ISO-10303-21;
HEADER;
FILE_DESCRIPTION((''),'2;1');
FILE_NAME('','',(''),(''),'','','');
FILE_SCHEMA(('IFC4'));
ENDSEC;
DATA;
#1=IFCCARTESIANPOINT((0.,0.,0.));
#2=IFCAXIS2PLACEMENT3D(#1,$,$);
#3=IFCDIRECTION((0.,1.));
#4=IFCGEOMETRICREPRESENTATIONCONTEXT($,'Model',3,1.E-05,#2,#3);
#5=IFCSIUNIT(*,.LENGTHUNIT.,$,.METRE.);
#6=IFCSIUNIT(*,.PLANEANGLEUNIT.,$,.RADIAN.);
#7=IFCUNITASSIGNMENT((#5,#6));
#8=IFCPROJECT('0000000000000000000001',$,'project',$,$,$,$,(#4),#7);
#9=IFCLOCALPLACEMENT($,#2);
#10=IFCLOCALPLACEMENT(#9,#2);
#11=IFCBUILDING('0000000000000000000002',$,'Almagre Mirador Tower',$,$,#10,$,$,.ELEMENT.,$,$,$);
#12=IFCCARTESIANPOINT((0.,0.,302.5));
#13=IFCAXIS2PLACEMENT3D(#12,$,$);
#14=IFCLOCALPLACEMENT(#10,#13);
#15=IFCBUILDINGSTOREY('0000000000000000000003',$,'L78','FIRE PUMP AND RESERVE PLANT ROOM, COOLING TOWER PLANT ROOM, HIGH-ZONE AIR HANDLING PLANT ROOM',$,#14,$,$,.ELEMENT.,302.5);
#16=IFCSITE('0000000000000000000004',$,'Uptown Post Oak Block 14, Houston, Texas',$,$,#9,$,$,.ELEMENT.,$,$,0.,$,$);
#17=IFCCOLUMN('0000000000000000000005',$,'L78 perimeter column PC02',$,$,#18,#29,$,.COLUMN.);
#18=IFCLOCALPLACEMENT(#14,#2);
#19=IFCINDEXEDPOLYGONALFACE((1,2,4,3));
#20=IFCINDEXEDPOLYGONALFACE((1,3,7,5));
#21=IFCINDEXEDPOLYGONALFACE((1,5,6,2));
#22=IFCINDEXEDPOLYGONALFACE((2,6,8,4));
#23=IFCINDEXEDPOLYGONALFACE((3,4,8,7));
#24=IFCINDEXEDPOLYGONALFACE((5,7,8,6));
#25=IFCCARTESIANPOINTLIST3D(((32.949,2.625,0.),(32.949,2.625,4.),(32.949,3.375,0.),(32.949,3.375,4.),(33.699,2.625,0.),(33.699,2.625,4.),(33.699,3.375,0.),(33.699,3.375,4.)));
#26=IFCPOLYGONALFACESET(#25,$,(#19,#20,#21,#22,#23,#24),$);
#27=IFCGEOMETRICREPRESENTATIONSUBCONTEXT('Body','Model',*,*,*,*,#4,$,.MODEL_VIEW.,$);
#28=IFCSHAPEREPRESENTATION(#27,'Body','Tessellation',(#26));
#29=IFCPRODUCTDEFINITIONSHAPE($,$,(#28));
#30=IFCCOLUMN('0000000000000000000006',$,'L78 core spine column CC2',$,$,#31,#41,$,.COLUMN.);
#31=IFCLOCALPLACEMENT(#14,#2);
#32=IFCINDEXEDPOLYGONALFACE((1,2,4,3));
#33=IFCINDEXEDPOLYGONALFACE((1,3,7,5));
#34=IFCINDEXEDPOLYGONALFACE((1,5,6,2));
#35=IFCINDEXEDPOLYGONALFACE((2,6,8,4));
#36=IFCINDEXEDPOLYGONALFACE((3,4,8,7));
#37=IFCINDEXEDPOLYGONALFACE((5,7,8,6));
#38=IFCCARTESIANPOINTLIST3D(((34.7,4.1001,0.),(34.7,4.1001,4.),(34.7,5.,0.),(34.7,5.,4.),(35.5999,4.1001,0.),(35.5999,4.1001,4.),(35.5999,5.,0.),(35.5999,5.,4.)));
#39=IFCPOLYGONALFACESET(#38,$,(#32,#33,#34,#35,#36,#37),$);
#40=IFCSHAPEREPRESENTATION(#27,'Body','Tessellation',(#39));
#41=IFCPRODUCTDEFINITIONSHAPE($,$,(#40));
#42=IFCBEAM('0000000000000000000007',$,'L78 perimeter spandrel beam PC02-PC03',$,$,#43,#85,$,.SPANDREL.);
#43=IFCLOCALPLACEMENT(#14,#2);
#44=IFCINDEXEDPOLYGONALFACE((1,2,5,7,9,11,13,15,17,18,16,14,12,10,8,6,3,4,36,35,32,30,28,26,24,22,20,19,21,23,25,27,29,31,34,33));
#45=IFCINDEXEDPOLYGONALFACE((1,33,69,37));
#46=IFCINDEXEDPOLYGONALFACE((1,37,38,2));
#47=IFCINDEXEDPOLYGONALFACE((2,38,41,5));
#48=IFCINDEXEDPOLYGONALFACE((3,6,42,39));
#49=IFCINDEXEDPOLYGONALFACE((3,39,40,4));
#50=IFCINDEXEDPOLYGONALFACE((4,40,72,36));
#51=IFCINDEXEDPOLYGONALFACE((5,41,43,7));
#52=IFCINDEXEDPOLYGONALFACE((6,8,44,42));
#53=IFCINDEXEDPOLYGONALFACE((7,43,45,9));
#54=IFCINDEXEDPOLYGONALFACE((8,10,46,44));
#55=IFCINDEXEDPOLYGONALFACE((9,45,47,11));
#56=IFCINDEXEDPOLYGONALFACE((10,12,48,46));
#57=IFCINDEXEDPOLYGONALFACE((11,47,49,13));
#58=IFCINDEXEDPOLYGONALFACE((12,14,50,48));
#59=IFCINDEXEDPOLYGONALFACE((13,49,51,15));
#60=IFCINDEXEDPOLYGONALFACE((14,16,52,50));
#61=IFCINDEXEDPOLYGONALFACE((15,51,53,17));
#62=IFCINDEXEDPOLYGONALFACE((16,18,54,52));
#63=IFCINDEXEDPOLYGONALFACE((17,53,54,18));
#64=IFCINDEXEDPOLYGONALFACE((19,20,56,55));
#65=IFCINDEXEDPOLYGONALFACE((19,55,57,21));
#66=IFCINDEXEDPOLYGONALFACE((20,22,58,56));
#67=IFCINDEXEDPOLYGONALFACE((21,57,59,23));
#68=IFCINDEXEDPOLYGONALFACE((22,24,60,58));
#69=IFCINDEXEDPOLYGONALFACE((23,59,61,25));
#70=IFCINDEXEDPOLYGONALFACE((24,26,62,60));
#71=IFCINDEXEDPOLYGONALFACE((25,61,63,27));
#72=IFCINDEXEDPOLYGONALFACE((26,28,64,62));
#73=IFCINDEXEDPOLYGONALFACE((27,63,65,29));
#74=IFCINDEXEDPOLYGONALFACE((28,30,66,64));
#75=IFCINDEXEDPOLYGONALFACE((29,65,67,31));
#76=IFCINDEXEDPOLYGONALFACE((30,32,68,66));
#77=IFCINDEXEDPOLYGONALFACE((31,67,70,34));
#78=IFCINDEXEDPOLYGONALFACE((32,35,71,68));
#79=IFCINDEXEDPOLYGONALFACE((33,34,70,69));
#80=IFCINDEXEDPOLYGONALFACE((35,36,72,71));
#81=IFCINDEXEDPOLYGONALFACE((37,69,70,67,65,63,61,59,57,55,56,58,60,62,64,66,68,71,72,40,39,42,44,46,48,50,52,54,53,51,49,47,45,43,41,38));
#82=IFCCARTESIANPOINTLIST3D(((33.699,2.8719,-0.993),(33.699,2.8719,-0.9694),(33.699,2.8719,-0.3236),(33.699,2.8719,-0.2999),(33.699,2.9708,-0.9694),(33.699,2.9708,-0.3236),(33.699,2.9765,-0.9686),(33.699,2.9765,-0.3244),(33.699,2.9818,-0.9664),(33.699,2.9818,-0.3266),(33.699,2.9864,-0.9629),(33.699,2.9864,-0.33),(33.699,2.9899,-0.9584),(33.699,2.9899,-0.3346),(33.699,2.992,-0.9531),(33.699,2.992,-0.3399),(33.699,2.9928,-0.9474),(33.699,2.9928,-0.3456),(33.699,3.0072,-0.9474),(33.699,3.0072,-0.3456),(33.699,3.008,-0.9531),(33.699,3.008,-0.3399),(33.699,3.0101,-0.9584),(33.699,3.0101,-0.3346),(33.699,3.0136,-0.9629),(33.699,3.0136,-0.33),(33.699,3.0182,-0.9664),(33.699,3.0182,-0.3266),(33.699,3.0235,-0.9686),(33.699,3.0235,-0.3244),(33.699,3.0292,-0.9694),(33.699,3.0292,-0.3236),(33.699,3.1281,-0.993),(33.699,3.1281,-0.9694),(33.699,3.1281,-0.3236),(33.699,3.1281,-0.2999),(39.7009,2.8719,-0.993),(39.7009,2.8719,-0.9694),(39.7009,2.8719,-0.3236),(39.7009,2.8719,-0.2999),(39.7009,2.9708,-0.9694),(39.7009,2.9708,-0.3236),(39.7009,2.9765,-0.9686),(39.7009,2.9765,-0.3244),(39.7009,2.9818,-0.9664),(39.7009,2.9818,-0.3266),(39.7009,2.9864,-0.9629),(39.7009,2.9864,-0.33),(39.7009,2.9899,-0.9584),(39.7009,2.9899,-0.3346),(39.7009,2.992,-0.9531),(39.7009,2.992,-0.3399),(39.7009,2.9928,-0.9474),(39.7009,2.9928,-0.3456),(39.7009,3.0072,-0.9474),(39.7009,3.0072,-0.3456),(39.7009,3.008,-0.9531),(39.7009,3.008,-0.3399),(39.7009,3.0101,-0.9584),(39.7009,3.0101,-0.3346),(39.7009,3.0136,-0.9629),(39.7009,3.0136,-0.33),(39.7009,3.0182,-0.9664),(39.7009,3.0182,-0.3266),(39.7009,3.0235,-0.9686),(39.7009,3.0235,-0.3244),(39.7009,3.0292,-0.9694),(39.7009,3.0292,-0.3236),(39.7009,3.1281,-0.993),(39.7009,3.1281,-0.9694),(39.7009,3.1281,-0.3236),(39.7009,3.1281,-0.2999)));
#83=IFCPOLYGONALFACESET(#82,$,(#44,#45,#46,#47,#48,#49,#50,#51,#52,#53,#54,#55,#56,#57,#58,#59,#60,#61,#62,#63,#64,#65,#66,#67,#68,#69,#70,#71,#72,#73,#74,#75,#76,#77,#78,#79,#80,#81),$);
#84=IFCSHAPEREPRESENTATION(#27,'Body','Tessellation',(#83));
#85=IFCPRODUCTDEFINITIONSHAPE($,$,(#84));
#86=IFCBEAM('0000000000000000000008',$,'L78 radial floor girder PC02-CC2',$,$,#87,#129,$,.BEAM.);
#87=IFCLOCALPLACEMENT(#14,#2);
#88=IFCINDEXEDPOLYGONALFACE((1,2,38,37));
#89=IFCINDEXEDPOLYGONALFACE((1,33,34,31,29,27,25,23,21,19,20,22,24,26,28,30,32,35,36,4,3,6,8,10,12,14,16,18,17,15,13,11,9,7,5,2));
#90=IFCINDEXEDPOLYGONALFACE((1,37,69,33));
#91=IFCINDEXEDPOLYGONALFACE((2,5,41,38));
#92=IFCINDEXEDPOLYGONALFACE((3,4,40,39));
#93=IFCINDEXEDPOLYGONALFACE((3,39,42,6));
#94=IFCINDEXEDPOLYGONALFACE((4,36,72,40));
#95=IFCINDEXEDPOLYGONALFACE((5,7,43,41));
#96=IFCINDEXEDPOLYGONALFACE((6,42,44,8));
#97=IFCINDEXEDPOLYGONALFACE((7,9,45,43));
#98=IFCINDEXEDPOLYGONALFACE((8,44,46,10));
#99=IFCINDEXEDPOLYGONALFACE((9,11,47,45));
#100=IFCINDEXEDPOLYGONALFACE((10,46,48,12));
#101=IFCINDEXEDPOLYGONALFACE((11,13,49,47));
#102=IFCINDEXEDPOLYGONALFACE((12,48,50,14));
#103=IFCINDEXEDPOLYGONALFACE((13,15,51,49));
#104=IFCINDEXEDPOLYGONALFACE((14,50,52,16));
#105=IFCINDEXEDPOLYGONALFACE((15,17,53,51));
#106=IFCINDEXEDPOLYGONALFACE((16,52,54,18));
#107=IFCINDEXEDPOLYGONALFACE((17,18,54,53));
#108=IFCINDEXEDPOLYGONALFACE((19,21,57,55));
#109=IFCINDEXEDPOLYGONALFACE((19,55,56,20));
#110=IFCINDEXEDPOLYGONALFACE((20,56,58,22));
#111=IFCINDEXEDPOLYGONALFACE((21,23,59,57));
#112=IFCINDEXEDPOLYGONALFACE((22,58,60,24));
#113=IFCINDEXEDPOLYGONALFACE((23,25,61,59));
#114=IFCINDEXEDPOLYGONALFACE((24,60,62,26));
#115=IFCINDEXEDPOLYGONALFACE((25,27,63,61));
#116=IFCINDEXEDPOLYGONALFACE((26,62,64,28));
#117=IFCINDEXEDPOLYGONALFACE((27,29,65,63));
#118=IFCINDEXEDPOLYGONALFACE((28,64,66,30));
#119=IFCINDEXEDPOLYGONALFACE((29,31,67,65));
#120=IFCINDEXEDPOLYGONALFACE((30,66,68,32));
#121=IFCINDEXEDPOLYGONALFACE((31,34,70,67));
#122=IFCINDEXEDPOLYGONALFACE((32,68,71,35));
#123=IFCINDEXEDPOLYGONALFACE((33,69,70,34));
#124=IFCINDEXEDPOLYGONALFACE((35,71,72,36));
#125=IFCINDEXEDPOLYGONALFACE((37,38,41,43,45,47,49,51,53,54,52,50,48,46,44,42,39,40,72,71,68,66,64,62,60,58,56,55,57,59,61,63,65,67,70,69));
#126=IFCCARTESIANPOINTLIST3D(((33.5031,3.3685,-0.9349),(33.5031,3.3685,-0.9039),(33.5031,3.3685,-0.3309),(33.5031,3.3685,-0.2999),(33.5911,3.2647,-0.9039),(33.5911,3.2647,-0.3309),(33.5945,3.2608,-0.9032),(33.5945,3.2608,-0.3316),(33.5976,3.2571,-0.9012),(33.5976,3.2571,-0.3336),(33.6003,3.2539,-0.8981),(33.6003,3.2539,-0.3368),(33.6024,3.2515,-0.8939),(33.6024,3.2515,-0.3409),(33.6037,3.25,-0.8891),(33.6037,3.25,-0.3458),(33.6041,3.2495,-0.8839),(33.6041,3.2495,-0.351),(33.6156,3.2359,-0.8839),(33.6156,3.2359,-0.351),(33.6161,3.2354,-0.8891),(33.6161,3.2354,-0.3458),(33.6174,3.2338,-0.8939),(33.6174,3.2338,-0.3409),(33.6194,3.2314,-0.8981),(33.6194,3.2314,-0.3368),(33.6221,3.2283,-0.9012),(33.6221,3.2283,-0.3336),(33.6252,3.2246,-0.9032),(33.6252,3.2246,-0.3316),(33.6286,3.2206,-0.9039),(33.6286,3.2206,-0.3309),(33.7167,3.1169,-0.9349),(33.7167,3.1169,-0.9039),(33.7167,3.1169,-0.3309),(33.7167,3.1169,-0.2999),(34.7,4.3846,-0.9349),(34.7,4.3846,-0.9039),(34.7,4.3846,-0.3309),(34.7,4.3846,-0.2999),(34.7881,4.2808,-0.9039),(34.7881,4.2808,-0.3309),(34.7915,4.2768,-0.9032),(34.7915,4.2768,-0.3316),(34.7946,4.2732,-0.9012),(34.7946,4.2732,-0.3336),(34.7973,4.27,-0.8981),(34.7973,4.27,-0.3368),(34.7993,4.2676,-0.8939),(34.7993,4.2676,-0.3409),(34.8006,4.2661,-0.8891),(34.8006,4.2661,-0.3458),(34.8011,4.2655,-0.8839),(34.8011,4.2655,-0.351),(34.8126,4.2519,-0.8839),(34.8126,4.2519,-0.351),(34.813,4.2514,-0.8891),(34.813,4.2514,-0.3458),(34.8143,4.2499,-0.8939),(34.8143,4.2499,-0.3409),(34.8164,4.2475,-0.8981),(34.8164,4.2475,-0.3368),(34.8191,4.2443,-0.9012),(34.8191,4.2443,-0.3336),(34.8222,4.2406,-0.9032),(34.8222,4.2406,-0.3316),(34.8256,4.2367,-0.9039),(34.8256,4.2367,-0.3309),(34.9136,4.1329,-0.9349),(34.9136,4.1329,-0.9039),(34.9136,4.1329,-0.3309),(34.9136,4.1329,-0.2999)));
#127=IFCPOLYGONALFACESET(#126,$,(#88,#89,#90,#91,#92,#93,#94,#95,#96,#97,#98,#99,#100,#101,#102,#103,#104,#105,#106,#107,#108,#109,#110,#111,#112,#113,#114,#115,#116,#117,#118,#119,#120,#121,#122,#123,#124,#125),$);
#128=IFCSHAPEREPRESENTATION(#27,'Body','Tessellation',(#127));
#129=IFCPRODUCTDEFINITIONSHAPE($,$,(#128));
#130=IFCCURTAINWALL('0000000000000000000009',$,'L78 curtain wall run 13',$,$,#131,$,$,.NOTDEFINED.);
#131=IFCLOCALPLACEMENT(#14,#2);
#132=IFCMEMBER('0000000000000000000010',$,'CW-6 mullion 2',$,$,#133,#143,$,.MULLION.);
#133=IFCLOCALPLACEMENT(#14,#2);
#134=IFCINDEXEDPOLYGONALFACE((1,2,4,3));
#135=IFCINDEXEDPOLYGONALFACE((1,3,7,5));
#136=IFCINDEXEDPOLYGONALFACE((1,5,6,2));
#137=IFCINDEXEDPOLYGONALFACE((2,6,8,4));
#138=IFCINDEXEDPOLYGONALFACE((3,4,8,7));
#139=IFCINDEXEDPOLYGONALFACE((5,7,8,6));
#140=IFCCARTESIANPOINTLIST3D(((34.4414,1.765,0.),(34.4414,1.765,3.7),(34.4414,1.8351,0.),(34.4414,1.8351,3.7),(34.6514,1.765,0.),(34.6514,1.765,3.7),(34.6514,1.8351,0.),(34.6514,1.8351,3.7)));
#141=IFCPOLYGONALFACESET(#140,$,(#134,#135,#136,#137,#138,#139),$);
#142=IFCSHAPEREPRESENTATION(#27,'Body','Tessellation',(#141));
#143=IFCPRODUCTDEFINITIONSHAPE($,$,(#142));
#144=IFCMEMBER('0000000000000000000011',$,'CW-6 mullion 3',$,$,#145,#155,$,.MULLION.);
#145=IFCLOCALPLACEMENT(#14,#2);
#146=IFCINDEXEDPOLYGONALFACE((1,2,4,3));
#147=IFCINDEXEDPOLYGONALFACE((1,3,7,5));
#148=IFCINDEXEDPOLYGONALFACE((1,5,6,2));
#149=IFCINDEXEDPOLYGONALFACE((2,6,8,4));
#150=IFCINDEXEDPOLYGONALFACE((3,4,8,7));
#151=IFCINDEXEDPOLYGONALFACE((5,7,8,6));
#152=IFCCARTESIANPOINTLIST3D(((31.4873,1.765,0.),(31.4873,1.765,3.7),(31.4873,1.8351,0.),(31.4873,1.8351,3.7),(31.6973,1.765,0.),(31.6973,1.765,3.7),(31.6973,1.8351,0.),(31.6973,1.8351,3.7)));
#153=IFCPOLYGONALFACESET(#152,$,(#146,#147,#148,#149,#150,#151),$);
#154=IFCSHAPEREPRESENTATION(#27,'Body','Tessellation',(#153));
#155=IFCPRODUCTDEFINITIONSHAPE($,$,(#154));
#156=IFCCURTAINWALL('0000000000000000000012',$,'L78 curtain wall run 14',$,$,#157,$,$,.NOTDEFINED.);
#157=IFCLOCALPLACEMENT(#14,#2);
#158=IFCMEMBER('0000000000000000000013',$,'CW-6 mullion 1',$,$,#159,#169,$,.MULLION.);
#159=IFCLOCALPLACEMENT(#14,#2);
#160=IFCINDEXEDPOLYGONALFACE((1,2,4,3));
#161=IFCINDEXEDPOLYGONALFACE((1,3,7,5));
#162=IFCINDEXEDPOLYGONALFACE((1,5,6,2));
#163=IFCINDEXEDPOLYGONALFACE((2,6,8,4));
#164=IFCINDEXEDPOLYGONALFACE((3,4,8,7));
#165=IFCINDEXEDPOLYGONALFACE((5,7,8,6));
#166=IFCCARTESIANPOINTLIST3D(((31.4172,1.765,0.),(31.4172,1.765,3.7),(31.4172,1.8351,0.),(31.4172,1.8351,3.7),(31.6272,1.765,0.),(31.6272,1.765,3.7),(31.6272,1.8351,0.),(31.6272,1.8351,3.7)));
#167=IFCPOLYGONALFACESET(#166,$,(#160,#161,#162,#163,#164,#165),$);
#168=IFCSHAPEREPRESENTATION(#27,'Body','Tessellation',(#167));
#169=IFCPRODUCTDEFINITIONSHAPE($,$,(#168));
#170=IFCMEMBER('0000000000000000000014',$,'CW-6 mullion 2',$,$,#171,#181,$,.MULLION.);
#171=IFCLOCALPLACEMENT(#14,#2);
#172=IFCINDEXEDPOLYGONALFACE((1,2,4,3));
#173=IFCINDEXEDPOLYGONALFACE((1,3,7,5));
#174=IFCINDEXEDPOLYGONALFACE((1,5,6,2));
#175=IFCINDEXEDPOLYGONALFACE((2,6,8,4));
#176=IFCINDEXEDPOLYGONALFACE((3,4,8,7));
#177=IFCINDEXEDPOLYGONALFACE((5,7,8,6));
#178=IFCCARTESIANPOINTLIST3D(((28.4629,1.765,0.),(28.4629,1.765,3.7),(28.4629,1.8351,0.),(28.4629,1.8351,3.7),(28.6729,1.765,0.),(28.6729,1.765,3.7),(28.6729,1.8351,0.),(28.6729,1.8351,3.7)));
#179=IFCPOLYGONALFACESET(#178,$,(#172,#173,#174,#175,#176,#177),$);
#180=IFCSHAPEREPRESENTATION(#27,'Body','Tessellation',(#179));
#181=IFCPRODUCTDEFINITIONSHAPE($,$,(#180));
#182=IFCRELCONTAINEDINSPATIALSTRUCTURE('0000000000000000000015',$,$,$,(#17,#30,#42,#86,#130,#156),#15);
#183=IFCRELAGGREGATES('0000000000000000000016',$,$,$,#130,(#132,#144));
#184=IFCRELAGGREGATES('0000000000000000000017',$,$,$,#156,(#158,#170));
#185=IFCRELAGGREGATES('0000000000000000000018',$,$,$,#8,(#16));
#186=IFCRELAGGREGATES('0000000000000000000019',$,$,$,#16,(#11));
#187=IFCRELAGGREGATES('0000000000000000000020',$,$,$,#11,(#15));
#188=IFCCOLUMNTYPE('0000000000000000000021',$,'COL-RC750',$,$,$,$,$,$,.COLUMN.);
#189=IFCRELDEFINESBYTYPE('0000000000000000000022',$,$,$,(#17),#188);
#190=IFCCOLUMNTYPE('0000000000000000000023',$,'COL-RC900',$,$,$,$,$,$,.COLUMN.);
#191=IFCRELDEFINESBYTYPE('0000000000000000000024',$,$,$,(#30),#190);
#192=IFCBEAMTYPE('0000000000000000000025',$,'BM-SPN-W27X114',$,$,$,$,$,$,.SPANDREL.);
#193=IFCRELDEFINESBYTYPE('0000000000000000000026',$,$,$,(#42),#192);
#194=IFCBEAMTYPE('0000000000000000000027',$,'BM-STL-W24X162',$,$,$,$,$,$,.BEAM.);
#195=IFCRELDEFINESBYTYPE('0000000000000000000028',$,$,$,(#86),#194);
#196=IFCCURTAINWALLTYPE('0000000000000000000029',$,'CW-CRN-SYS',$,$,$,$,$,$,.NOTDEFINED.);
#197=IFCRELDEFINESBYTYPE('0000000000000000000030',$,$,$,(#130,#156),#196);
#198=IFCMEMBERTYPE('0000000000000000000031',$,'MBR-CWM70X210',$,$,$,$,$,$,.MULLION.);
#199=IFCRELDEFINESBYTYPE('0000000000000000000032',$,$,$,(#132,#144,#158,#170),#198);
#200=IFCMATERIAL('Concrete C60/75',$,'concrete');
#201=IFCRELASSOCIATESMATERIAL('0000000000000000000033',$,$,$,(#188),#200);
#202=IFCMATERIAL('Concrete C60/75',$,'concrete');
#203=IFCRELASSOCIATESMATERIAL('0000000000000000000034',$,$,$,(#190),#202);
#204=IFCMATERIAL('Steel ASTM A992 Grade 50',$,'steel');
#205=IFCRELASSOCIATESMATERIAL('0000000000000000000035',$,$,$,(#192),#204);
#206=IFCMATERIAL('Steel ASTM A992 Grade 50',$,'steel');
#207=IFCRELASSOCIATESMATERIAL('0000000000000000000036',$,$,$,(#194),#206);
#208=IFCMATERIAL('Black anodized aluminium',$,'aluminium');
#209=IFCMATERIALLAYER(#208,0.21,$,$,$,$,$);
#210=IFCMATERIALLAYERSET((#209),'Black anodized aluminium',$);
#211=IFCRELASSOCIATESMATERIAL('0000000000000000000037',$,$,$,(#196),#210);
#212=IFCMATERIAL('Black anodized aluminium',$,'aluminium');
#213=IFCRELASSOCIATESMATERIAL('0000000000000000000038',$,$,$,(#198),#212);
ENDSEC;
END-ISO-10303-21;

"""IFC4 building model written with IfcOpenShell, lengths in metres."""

from ifc_helpers import new_model, si_unit, direction, frame, origin, origin_2d, place, context, subcontext, project, spatial, rectangle, i_section, extrude, material, layer, layer_set, material_profile, profile_set, type_object, element, aggregate, save


model = new_model("IFC4")

# Units and contexts
model_context = context("Model", 3, precision=1e-05, world=origin(), true_north=direction((0.0, 1.0)))
body_context = subcontext(model_context, "Body", "Model", "MODEL_VIEW")
ifc_project = project(units=[si_unit("LENGTHUNIT", "METRE"), si_unit("PLANEANGLEUNIT", "RADIAN")], contexts=[model_context])

# Site, building, storey
site_placement = place(None, origin())
site = spatial("IfcSite", under=ifc_project, at=site_placement, Name="Uptown Post Oak Block 14, Houston, Texas", CompositionType="ELEMENT", RefElevation=0.0)
building_placement = place(site_placement, origin())
building = spatial("IfcBuilding", under=site, at=building_placement, Name="Almagre Mirador Tower", CompositionType="ELEMENT")
storey_placement = place(building_placement, frame((0.0, 0.0, 302.5)))
storey = spatial("IfcBuildingStorey", under=building, at=storey_placement, Name="L78", Description="FIRE PUMP AND RESERVE PLANT ROOM, COOLING TOWER PLANT ROOM, HIGH-ZONE AIR HANDLING PLANT ROOM", CompositionType="ELEMENT", Elevation=302.5)

# Columns
ifc_material_1 = material(Name="Concrete C60/75", Category="concrete")
ifc_material_profile_1 = material_profile(ifc_material_1, rectangle(XDim=0.75, YDim=0.75, at=origin_2d()), Name="RC750X750")
ifc_profile_set_1 = profile_set([ifc_material_profile_1], Name="Concrete C60/75")
column_type_1 = type_object("IfcColumnType", Name="COL-RC750", PredefinedType="COLUMN", material=ifc_profile_set_1)
column_1_placement = place(storey_placement, frame((33.324, 3.0, 0.0), z_axis=(0.0, 0.0, 1.0), x_axis=(1.0, 0.0, 0.0)))
element("IfcColumn", 1, at=column_1_placement, inside=storey, type_object=column_type_1, Name="L78 perimeter column PC02", PredefinedType="COLUMN", context=body_context, shape_type="SweptSolid", body=[
    extrude(rectangle(XDim=0.75, YDim=0.75, at=origin_2d()), origin(), (0.0, 0.0, 1.0), 4.0),
])
ifc_material_2 = material(Name="Concrete C60/75", Category="concrete")
ifc_material_profile_2 = material_profile(ifc_material_2, rectangle(XDim=0.8999, YDim=0.8999, at=origin_2d()), Name="RC900X900")
ifc_profile_set_2 = profile_set([ifc_material_profile_2], Name="Concrete C60/75")
column_type_2 = type_object("IfcColumnType", Name="COL-RC900", PredefinedType="COLUMN", material=ifc_profile_set_2)
column_2_placement = place(storey_placement, frame((35.1499, 4.55, 0.0), z_axis=(0.0, 0.0, 1.0), x_axis=(1.0, 0.0, 0.0)))
element("IfcColumn", 2, at=column_2_placement, inside=storey, type_object=column_type_2, Name="L78 core spine column CC2", PredefinedType="COLUMN", context=body_context, shape_type="SweptSolid", body=[
    extrude(rectangle(XDim=0.8999, YDim=0.8999, at=origin_2d()), origin(), (0.0, 0.0, 1.0), 4.0),
])

# Beams
ifc_material_3 = material(Name="Steel ASTM A992 Grade 50", Category="steel")
ifc_material_profile_3 = material_profile(ifc_material_3, i_section(OverallWidth=0.2561, OverallDepth=0.6931, WebThickness=0.0144, FlangeThickness=0.0237, FilletRadius=0.022, at=origin_2d()), Name="W27X114")
ifc_profile_set_3 = profile_set([ifc_material_profile_3], Name="Steel ASTM A992 Grade 50")
beam_type_1 = type_object("IfcBeamType", Name="BM-SPN-W27X114", PredefinedType="SPANDREL", material=ifc_profile_set_3)
beam_1_placement = place(storey_placement, frame((33.699, 3.0, -0.6465), z_axis=(1.0, 0.0, 0.0), x_axis=(0.0, 1.0, 0.0)))
element("IfcBeam", 3, at=beam_1_placement, inside=storey, type_object=beam_type_1, Name="L78 perimeter spandrel beam PC02-PC03", PredefinedType="SPANDREL", context=body_context, shape_type="SweptSolid", body=[
    extrude(i_section(OverallWidth=0.2561, OverallDepth=0.6931, WebThickness=0.0144, FlangeThickness=0.0237, FilletRadius=0.022, at=origin_2d()), origin(), (0.0, 0.0, 1.0), 6.002),
])
ifc_material_4 = material(Name="Steel ASTM A992 Grade 50", Category="steel")
ifc_material_profile_4 = material_profile(ifc_material_4, i_section(OverallWidth=0.3301, OverallDepth=0.635, WebThickness=0.0178, FlangeThickness=0.031, FilletRadius=0.02, at=origin_2d()), Name="W24X162")
ifc_profile_set_4 = profile_set([ifc_material_profile_4], Name="Steel ASTM A992 Grade 50")
beam_type_2 = type_object("IfcBeamType", Name="BM-STL-W24X162", PredefinedType="BEAM", material=ifc_profile_set_4)
beam_2_placement = place(storey_placement, frame((33.6099, 3.2427, -0.6174), z_axis=(0.762365, 0.647147, 0.0), x_axis=(-0.647147, 0.762365, 0.0)))
element("IfcBeam", 4, at=beam_2_placement, inside=storey, type_object=beam_type_2, Name="L78 radial floor girder PC02-CC2", PredefinedType="BEAM", context=body_context, shape_type="SweptSolid", body=[
    extrude(i_section(OverallWidth=0.3301, OverallDepth=0.635, WebThickness=0.0178, FlangeThickness=0.031, FilletRadius=0.02, at=origin_2d()), origin(), (0.0, 0.0, 1.0), 1.5701),
])

# Curtain walls, members
ifc_material_5 = material(Name="Black anodized aluminium", Category="aluminium")
ifc_layer_1 = layer(ifc_material_5, 0.21)
ifc_layer_set_1 = layer_set([ifc_layer_1], Name="Black anodized aluminium")
curtain_wall_type = type_object("IfcCurtainWallType", Name="CW-CRN-SYS", PredefinedType="NOTDEFINED", material=ifc_layer_set_1)
curtain_wall_1_placement = place(storey_placement, origin())
curtain_wall_1 = element("IfcCurtainWall", 5, at=curtain_wall_1_placement, inside=storey, type_object=curtain_wall_type, Name="L78 curtain wall run 13", PredefinedType="NOTDEFINED")
ifc_material_6 = material(Name="Black anodized aluminium", Category="aluminium")
ifc_material_profile_5 = material_profile(ifc_material_6, rectangle(XDim=0.0701, YDim=0.21, at=origin_2d()), Name="CWM70X210")
ifc_profile_set_5 = profile_set([ifc_material_profile_5], Name="Black anodized aluminium")
member_type_1 = type_object("IfcMemberType", Name="MBR-CWM70X210", PredefinedType="MULLION", material=ifc_profile_set_5)
member_1_placement = place(storey_placement, frame((34.5464, 1.8, 0.0), z_axis=(0.0, 0.0, 1.0), x_axis=(0.0, -1.0, 0.0)))
member_1 = element("IfcMember", 6, at=member_1_placement, type_object=member_type_1, Name="CW-6 mullion 2", PredefinedType="MULLION", context=body_context, shape_type="SweptSolid", body=[
    extrude(rectangle(XDim=0.0701, YDim=0.21, at=origin_2d()), origin(), (0.0, 0.0, 1.0), 3.7),
])
member_2_placement = place(storey_placement, frame((31.5923, 1.8, 0.0), z_axis=(0.0, 0.0, 1.0), x_axis=(0.0, -1.0, 0.0)))
member_2 = element("IfcMember", 7, at=member_2_placement, type_object=member_type_1, Name="CW-6 mullion 3", PredefinedType="MULLION", context=body_context, shape_type="SweptSolid", body=[
    extrude(rectangle(XDim=0.0701, YDim=0.21, at=origin_2d()), origin(), (0.0, 0.0, 1.0), 3.7),
])
curtain_wall_2_placement = place(storey_placement, origin())
curtain_wall_2 = element("IfcCurtainWall", 8, at=curtain_wall_2_placement, inside=storey, type_object=curtain_wall_type, Name="L78 curtain wall run 14", PredefinedType="NOTDEFINED")
member_3_placement = place(storey_placement, frame((31.5222, 1.8, 0.0), z_axis=(0.0, 0.0, 1.0), x_axis=(0.0, -1.0, 0.0)))
member_3 = element("IfcMember", 9, at=member_3_placement, type_object=member_type_1, Name="CW-6 mullion 1", PredefinedType="MULLION", context=body_context, shape_type="SweptSolid", body=[
    extrude(rectangle(XDim=0.0701, YDim=0.21, at=origin_2d()), origin(), (0.0, 0.0, 1.0), 3.7),
])
member_4_placement = place(storey_placement, frame((28.5679, 1.8, 0.0), z_axis=(0.0, 0.0, 1.0), x_axis=(0.0, -1.0, 0.0)))
member_4 = element("IfcMember", 10, at=member_4_placement, type_object=member_type_1, Name="CW-6 mullion 2", PredefinedType="MULLION", context=body_context, shape_type="SweptSolid", body=[
    extrude(rectangle(XDim=0.0701, YDim=0.21, at=origin_2d()), origin(), (0.0, 0.0, 1.0), 3.7),
])

aggregate(curtain_wall_1, [member_1, member_2])
aggregate(curtain_wall_2, [member_3, member_4])

save(model, "model.ifc")
